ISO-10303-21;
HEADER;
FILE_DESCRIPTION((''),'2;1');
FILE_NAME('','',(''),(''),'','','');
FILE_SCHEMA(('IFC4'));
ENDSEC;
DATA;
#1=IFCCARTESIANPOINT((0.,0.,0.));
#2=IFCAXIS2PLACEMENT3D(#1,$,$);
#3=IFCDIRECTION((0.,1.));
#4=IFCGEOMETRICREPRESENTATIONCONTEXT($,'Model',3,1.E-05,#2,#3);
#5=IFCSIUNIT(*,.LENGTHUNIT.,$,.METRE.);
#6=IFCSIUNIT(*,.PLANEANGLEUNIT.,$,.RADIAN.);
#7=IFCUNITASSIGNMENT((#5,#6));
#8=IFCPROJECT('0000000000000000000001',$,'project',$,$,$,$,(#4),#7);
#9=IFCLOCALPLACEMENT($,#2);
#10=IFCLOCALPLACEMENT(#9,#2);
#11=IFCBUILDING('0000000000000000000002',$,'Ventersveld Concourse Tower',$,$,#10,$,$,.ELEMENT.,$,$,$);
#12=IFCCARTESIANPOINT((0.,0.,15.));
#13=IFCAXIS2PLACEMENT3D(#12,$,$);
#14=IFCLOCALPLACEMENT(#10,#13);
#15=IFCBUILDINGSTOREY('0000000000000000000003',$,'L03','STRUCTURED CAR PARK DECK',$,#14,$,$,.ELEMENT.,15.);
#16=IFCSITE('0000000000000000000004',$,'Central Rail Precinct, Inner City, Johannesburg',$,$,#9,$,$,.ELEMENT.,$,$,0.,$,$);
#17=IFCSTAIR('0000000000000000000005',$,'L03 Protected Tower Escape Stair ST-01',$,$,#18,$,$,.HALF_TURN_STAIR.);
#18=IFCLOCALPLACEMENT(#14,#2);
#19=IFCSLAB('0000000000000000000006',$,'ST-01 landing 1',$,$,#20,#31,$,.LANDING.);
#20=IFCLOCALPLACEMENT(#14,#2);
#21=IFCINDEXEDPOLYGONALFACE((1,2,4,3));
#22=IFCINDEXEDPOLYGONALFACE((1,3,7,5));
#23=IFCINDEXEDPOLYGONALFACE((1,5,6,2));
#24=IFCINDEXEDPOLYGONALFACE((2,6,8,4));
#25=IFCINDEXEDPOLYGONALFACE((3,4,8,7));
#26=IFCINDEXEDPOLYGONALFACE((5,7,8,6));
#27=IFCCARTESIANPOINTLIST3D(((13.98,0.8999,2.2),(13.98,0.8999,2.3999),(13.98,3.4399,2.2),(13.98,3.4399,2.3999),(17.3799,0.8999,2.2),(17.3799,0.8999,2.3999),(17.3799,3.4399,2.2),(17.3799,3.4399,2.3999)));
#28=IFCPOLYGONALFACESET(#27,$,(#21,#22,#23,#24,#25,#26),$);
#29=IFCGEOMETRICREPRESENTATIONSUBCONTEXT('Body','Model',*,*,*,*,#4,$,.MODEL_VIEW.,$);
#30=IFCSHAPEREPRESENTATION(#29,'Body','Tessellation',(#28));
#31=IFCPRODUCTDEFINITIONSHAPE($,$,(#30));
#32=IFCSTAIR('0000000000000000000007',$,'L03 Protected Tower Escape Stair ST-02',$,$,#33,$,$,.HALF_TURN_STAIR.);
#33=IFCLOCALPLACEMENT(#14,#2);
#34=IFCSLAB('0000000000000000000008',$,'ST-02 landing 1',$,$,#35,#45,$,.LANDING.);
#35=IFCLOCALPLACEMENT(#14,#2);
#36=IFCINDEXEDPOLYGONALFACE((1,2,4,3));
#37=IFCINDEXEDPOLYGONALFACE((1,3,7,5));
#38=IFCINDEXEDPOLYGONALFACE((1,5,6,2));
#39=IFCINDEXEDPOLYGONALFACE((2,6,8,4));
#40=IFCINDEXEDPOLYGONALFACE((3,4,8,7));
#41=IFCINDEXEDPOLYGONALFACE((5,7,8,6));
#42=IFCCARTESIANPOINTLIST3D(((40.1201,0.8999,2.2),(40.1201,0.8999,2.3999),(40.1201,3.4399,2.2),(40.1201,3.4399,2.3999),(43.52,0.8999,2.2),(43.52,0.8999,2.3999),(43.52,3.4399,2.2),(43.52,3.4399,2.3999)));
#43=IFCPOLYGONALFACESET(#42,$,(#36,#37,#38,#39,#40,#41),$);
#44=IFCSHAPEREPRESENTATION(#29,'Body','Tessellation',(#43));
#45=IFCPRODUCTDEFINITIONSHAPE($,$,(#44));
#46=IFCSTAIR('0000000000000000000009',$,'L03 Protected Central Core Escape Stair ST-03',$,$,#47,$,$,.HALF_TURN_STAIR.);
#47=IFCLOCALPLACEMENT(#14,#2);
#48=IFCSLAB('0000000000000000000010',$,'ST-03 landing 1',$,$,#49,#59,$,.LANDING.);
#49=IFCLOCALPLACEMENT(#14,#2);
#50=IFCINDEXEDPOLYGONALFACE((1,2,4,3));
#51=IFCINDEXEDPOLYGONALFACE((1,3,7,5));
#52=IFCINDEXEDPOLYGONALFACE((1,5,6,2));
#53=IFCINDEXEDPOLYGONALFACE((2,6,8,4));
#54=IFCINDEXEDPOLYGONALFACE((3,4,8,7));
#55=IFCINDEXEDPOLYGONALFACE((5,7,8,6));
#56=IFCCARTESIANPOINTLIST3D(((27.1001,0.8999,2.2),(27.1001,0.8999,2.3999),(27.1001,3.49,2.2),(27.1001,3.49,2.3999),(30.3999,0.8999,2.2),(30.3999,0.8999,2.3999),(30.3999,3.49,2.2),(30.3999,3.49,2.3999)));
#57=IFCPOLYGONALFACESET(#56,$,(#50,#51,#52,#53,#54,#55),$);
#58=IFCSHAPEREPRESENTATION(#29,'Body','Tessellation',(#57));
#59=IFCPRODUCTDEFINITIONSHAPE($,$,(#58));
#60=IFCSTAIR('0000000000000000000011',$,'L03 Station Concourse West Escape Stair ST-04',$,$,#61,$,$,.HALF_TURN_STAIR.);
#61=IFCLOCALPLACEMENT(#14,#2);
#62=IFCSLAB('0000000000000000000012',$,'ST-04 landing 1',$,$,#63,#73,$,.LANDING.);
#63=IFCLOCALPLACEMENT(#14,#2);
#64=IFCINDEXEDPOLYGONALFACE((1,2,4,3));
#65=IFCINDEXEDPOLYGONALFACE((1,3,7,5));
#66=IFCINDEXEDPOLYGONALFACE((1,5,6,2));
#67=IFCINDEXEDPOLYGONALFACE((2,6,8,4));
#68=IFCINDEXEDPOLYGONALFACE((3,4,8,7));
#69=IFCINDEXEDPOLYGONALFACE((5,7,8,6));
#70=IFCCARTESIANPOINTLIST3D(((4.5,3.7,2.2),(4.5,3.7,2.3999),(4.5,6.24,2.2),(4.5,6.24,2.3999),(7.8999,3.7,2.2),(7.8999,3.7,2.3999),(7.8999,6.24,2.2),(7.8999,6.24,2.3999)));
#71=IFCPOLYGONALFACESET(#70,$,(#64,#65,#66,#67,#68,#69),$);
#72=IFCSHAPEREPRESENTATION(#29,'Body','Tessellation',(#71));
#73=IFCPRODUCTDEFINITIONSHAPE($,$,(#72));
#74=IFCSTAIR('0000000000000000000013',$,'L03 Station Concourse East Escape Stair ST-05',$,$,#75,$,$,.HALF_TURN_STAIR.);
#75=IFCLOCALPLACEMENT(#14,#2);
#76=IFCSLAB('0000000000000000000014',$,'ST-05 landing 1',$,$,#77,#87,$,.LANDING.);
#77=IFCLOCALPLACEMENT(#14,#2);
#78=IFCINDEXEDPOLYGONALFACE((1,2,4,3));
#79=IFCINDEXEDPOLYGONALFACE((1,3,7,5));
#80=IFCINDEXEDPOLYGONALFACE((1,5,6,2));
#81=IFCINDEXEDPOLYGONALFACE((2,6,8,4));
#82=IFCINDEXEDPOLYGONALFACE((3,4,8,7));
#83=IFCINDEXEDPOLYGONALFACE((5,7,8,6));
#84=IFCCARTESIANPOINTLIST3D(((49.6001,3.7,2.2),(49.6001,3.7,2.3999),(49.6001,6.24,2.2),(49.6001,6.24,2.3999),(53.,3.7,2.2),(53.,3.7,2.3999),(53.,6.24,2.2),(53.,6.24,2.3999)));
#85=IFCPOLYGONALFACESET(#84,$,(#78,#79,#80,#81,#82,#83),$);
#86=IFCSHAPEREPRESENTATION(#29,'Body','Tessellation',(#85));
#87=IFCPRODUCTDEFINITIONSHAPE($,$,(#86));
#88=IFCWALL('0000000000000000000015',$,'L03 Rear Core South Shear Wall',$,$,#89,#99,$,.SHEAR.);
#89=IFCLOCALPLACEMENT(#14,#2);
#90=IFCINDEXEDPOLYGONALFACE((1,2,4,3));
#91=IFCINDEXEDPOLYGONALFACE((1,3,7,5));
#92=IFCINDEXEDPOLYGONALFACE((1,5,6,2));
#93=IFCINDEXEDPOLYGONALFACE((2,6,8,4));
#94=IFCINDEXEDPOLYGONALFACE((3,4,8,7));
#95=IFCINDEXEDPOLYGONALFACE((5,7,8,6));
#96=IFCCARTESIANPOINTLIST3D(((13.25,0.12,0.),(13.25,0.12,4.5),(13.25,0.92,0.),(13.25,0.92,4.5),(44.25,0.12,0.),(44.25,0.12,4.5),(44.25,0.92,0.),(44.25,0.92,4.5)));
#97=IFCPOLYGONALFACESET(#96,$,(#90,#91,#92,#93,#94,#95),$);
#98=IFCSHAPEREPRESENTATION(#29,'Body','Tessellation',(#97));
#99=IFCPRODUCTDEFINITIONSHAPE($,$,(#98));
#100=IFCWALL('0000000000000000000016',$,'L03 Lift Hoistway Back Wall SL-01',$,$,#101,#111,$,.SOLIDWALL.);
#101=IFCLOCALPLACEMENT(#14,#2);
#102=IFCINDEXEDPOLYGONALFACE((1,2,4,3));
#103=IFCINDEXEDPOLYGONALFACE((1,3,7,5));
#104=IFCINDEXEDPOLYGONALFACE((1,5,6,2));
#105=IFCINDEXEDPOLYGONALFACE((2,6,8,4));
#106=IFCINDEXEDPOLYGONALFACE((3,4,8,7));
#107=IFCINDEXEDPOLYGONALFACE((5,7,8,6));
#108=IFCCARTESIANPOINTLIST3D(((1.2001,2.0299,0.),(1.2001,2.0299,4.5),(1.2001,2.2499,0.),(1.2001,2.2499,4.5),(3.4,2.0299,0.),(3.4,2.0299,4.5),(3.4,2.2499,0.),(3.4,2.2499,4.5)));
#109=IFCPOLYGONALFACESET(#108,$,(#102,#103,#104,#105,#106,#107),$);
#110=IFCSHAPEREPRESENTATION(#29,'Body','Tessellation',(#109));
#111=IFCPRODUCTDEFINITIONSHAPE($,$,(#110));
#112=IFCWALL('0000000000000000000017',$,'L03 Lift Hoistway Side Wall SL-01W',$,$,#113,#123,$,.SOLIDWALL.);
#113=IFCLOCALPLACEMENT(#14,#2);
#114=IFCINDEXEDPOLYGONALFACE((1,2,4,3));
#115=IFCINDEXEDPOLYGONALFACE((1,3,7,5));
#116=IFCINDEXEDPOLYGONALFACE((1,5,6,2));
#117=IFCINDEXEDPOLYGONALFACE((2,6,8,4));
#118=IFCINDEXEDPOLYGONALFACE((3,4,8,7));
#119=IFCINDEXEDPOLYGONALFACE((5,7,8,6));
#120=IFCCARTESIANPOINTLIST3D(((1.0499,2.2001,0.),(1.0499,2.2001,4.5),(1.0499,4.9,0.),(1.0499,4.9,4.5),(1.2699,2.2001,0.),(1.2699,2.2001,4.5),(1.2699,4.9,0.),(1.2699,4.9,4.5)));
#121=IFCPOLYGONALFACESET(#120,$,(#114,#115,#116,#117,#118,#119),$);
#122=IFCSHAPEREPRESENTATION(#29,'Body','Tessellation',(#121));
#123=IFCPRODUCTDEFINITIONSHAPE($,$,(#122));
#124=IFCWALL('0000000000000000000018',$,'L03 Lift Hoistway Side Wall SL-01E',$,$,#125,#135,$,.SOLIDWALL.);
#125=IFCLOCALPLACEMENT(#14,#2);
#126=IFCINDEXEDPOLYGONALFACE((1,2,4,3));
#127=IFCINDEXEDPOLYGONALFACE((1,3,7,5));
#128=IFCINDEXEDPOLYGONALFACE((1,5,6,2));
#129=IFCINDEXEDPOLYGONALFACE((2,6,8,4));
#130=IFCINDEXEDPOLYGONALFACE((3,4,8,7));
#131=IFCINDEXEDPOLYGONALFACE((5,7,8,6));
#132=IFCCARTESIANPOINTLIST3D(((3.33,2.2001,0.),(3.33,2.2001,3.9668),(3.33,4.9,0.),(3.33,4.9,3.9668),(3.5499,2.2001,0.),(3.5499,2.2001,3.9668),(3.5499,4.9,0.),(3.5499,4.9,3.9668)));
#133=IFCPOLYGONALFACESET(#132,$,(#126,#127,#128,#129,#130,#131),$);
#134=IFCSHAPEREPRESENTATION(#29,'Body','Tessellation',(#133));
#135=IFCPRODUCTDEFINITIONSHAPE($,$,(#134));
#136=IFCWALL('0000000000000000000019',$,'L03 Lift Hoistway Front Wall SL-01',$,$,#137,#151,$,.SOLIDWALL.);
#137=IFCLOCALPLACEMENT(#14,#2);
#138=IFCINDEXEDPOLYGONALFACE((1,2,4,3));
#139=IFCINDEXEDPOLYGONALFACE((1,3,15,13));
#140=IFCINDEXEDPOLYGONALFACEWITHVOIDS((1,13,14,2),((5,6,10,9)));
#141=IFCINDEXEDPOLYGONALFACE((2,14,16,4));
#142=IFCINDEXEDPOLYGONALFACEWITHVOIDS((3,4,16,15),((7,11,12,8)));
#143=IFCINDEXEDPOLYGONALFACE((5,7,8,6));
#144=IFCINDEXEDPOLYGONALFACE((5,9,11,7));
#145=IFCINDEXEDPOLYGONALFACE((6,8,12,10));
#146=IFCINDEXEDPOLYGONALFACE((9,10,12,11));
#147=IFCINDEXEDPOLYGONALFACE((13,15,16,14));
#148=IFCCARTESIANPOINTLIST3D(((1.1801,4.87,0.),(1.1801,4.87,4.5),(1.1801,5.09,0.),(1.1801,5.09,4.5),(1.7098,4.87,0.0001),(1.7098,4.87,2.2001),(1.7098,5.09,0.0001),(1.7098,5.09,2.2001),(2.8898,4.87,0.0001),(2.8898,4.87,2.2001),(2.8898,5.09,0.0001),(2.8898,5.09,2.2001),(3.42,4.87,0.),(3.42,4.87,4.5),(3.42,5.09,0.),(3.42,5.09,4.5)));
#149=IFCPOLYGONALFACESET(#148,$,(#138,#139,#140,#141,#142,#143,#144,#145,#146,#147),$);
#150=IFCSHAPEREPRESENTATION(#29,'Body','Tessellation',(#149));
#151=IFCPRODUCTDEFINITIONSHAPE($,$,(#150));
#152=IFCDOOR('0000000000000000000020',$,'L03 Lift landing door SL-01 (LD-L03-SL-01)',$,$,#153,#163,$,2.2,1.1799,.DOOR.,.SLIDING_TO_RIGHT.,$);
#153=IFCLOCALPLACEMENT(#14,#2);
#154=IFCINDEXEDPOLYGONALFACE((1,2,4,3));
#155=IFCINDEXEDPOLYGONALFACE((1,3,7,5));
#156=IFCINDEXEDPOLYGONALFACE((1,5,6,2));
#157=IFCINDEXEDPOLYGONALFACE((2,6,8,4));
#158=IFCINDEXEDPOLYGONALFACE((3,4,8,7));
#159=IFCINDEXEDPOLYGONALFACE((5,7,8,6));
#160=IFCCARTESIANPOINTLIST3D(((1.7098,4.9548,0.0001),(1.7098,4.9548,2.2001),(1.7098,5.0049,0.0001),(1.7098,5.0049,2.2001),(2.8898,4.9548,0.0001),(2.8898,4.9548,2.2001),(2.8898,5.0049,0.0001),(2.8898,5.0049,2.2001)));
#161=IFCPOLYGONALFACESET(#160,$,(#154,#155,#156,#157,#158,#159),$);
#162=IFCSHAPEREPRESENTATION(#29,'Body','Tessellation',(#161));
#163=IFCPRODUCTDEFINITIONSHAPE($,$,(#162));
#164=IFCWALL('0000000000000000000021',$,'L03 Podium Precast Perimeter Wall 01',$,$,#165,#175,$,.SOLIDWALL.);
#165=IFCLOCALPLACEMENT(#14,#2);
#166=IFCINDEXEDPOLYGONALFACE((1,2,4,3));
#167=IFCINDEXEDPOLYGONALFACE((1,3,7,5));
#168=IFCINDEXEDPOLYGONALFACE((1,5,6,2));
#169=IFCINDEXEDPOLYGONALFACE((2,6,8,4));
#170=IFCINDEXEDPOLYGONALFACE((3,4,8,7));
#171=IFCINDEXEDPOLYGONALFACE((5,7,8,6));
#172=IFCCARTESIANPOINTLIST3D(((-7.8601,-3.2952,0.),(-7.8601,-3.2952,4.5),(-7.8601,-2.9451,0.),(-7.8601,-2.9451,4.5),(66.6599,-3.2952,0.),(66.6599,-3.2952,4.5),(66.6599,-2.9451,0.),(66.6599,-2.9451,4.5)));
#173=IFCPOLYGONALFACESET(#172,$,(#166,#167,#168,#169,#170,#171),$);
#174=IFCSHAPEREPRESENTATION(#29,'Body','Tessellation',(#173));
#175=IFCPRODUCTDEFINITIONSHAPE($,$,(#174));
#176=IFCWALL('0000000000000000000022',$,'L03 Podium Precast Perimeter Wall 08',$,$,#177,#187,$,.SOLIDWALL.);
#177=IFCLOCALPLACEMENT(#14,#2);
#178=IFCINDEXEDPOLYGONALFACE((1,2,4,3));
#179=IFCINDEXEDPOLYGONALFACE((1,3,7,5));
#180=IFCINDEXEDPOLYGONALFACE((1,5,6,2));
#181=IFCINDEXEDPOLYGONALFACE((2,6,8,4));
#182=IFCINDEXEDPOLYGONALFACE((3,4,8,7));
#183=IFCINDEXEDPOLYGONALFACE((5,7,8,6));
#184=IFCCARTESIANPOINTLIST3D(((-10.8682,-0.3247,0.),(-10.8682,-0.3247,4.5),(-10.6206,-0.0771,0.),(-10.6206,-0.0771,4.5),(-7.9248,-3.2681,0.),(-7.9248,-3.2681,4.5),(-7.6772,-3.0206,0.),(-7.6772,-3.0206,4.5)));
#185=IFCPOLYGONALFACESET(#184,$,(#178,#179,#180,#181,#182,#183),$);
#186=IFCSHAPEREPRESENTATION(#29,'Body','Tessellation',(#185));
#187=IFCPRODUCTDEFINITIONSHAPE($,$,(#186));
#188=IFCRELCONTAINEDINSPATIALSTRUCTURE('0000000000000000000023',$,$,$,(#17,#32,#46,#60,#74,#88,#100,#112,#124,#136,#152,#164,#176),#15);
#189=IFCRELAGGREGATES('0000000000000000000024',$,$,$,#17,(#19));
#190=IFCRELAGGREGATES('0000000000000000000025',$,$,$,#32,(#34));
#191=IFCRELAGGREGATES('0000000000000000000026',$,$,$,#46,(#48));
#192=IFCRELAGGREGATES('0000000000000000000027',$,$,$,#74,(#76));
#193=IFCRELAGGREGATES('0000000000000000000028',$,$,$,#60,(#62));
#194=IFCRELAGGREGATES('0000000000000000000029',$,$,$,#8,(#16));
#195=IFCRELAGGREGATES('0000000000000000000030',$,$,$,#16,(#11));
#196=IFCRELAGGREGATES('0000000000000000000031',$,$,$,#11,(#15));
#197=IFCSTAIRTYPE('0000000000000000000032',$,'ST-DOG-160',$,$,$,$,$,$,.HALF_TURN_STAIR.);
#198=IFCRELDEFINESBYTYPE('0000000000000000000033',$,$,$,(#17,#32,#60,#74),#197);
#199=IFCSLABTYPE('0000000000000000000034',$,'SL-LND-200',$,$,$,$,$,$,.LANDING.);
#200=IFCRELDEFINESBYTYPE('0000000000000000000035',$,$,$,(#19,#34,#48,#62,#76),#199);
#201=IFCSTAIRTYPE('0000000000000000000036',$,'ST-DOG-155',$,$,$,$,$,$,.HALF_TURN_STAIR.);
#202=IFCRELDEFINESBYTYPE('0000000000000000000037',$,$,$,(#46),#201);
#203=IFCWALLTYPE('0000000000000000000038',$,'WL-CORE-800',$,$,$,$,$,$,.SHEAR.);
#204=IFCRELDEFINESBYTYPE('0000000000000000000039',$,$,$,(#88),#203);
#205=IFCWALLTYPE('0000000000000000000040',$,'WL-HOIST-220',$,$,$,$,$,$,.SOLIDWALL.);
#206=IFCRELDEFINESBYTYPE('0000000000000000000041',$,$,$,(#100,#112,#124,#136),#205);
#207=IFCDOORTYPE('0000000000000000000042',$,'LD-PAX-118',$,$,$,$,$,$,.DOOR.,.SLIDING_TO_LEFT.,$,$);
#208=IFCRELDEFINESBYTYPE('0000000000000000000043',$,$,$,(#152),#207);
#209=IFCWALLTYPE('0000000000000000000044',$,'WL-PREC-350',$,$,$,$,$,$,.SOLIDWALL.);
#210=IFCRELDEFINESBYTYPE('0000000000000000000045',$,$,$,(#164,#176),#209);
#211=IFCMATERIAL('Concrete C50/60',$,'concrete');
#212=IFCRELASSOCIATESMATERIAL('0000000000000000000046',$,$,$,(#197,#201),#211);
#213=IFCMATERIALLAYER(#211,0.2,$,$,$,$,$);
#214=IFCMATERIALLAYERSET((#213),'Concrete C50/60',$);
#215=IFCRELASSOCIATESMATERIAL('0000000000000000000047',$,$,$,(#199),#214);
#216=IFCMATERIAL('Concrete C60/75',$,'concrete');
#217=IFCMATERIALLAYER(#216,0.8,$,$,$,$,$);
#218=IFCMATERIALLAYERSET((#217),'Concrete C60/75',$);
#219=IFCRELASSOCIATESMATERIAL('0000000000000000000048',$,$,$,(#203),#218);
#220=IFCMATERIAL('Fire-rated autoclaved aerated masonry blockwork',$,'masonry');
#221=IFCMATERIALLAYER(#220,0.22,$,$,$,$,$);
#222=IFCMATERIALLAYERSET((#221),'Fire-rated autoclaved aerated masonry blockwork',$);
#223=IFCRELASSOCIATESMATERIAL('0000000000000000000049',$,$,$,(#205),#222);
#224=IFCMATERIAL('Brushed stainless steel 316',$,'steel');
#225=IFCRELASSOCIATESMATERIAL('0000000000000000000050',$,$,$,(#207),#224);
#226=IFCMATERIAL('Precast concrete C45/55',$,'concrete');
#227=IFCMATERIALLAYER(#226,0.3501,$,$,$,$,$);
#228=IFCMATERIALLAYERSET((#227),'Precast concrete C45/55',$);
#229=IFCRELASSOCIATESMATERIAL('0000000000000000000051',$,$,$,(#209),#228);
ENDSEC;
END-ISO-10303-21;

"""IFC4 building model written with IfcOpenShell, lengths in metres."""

from ifc_helpers import new_model, si_unit, direction, frame, frame_2d, origin, place, context, subcontext, project, spatial, polyline, rectangle, outline, extrude, material, layer, layer_set, type_object, element, fill, aggregate, save


model = new_model("IFC4")

# Units and contexts
model_context = context("Model", 3, precision=1e-05, world=origin(), true_north=direction((0.0, 1.0)))
body_context = subcontext(model_context, "Body", "Model", "MODEL_VIEW")
ifc_project = project(units=[si_unit("LENGTHUNIT", "METRE"), si_unit("PLANEANGLEUNIT", "RADIAN")], contexts=[model_context])

# Site, building, storey
site_placement = place(None, origin())
site = spatial("IfcSite", under=ifc_project, at=site_placement, Name="Central Rail Precinct, Inner City, Johannesburg", CompositionType="ELEMENT", RefElevation=0.0)
building_placement = place(site_placement, origin())
building = spatial("IfcBuilding", under=site, at=building_placement, Name="Ventersveld Concourse Tower", CompositionType="ELEMENT")
storey_placement = place(building_placement, frame((0.0, 0.0, 15.0)))
storey = spatial("IfcBuildingStorey", under=building, at=storey_placement, Name="L03", Description="STRUCTURED CAR PARK DECK", CompositionType="ELEMENT", Elevation=15.0)

# Shared definitions
ifc_material_1 = material(Name="Concrete C60/75", Category="concrete")

# Shared definitions
ifc_material_2 = material(Name="Concrete C50/60", Category="concrete")

# Stairs, slabs
stair_type_1 = type_object("IfcStairType", Name="ST-DOG-160", PredefinedType="HALF_TURN_STAIR", material=ifc_material_2)
stair_1_placement = place(storey_placement, origin())
stair_1 = element("IfcStair", 1, at=stair_1_placement, inside=storey, type_object=stair_type_1, Name="L03 Protected Tower Escape Stair ST-01", PredefinedType="HALF_TURN_STAIR")
ifc_layer_1 = layer(ifc_material_2, 0.2)
ifc_layer_set_1 = layer_set([ifc_layer_1], Name="Concrete C50/60")
slab_type_1 = type_object("IfcSlabType", Name="SL-LND-200", PredefinedType="LANDING", material=ifc_layer_set_1)
slab_1_placement = place(storey_placement, frame((0.0, 0.0, 2.2)))
slab_1 = element("IfcSlab", 2, at=slab_1_placement, type_object=slab_type_1, Name="ST-01 landing 1", PredefinedType="LANDING", context=body_context, shape_type="SweptSolid", body=[
    extrude(outline(polyline([(13.98, 3.4399), (13.98, 0.8999), (17.3799, 0.8999), (17.3799, 3.4399), (13.98, 3.4399)])), origin(), (0.0, 0.0, 1.0), 0.2),
])
aggregate(stair_1, [slab_1])
stair_2_placement = place(storey_placement, origin())
stair_2 = element("IfcStair", 3, at=stair_2_placement, inside=storey, type_object=stair_type_1, Name="L03 Protected Tower Escape Stair ST-02", PredefinedType="HALF_TURN_STAIR")
slab_2_placement = place(storey_placement, frame((0.0, 0.0, 2.2)))
slab_2 = element("IfcSlab", 4, at=slab_2_placement, type_object=slab_type_1, Name="ST-02 landing 1", PredefinedType="LANDING", context=body_context, shape_type="SweptSolid", body=[
    extrude(outline(polyline([(40.1201, 3.4399), (40.1201, 0.8999), (43.52, 0.8999), (43.52, 3.4399), (40.1201, 3.4399)])), origin(), (0.0, 0.0, 1.0), 0.2),
])
aggregate(stair_2, [slab_2])
stair_type_2 = type_object("IfcStairType", Name="ST-DOG-155", PredefinedType="HALF_TURN_STAIR", material=ifc_material_2)
stair_3_placement = place(storey_placement, origin())
stair_3 = element("IfcStair", 5, at=stair_3_placement, inside=storey, type_object=stair_type_2, Name="L03 Protected Central Core Escape Stair ST-03", PredefinedType="HALF_TURN_STAIR")
slab_3_placement = place(storey_placement, frame((0.0, 0.0, 2.2)))
slab_3 = element("IfcSlab", 6, at=slab_3_placement, type_object=slab_type_1, Name="ST-03 landing 1", PredefinedType="LANDING", context=body_context, shape_type="SweptSolid", body=[
    extrude(outline(polyline([(27.1001, 3.49), (27.1001, 0.8999), (30.3999, 0.8999), (30.3999, 3.49), (27.1001, 3.49)])), origin(), (0.0, 0.0, 1.0), 0.2),
])
aggregate(stair_3, [slab_3])
stair_4_placement = place(storey_placement, origin())
stair_4 = element("IfcStair", 7, at=stair_4_placement, inside=storey, type_object=stair_type_1, Name="L03 Station Concourse West Escape Stair ST-04", PredefinedType="HALF_TURN_STAIR")
slab_4_placement = place(storey_placement, frame((0.0, 0.0, 2.2)))
slab_4 = element("IfcSlab", 8, at=slab_4_placement, type_object=slab_type_1, Name="ST-04 landing 1", PredefinedType="LANDING", context=body_context, shape_type="SweptSolid", body=[
    extrude(outline(polyline([(4.5, 6.24), (4.5, 3.7), (7.8999, 3.7), (7.8999, 6.24), (4.5, 6.24)])), origin(), (0.0, 0.0, 1.0), 0.2),
])
stair_5_placement = place(storey_placement, origin())
stair_5 = element("IfcStair", 9, at=stair_5_placement, inside=storey, type_object=stair_type_1, Name="L03 Station Concourse East Escape Stair ST-05", PredefinedType="HALF_TURN_STAIR")
slab_5_placement = place(storey_placement, frame((0.0, 0.0, 2.2)))
slab_5 = element("IfcSlab", 10, at=slab_5_placement, type_object=slab_type_1, Name="ST-05 landing 1", PredefinedType="LANDING", context=body_context, shape_type="SweptSolid", body=[
    extrude(outline(polyline([(49.6001, 6.24), (49.6001, 3.7), (53.0, 3.7), (53.0, 6.24), (49.6001, 6.24)])), origin(), (0.0, 0.0, 1.0), 0.2),
])
aggregate(stair_5, [slab_5])

# Walls
ifc_layer_2 = layer(ifc_material_1, 0.8)
ifc_layer_set_2 = layer_set([ifc_layer_2], Name="Concrete C60/75")
wall_type_1 = type_object("IfcWallType", Name="WL-CORE-800", PredefinedType="SHEAR", material=ifc_layer_set_2)
wall_1_placement = place(storey_placement, frame((13.25, 0.52, 0.0), z_axis=(0.0, 0.0, 1.0), x_axis=(1.0, 0.0, 0.0)))
element("IfcWall", 11, at=wall_1_placement, inside=storey, type_object=wall_type_1, Name="L03 Rear Core South Shear Wall", PredefinedType="SHEAR", context=body_context, shape_type="SweptSolid", body=[
    extrude(rectangle(XDim=31.0, YDim=0.8, at=frame_2d((15.5, 0.0))), origin(), (0.0, 0.0, 1.0), 4.5),
])
ifc_material_3 = material(Name="Fire-rated autoclaved aerated masonry blockwork", Category="masonry")
ifc_layer_3 = layer(ifc_material_3, 0.22)
ifc_layer_set_3 = layer_set([ifc_layer_3], Name="Fire-rated autoclaved aerated masonry blockwork")
wall_type_2 = type_object("IfcWallType", Name="WL-HOIST-220", PredefinedType="SOLIDWALL", material=ifc_layer_set_3)
wall_2_placement = place(storey_placement, frame((1.2, 2.1399, 0.0), z_axis=(0.0, 0.0, 1.0), x_axis=(1.0, 0.0, 0.0)))
element("IfcWall", 12, at=wall_2_placement, inside=storey, type_object=wall_type_2, Name="L03 Lift Hoistway Back Wall SL-01", PredefinedType="SOLIDWALL", context=body_context, shape_type="SweptSolid", body=[
    extrude(rectangle(XDim=2.2, YDim=0.22, at=frame_2d((1.1001, 0.0))), origin(), (0.0, 0.0, 1.0), 4.5),
])
wall_3_placement = place(storey_placement, frame((1.1599, 2.2, 0.0), z_axis=(0.0, 0.0, 1.0), x_axis=(0.0, 1.0, 0.0)))
element("IfcWall", 13, at=wall_3_placement, inside=storey, type_object=wall_type_2, Name="L03 Lift Hoistway Side Wall SL-01W", PredefinedType="SOLIDWALL", context=body_context, shape_type="SweptSolid", body=[
    extrude(rectangle(XDim=2.7, YDim=0.22, at=frame_2d((1.3501, 0.0))), origin(), (0.0, 0.0, 1.0), 4.5),
])
wall_4_placement = place(storey_placement, frame((3.4399, 2.2, 0.0), z_axis=(0.0, 0.0, 1.0), x_axis=(0.0, 1.0, 0.0)))
element("IfcWall", 14, at=wall_4_placement, inside=storey, type_object=wall_type_2, Name="L03 Lift Hoistway Side Wall SL-01E", PredefinedType="SOLIDWALL", context=body_context, shape_type="SweptSolid", body=[
    extrude(rectangle(XDim=2.7, YDim=0.22, at=frame_2d((1.3501, 0.0))), origin(), (0.0, 0.0, 1.0), 3.9668),
])

# Wall, opening, door
wall_5_placement = place(storey_placement, frame((1.1799, 4.98, 0.0), z_axis=(0.0, 0.0, 1.0), x_axis=(1.0, 0.0, 0.0)))
wall_5 = element("IfcWall", 15, at=wall_5_placement, inside=storey, type_object=wall_type_2, Name="L03 Lift Hoistway Front Wall SL-01", PredefinedType="SOLIDWALL", context=body_context, shape_type="SweptSolid", body=[
    extrude(rectangle(XDim=2.24, YDim=0.22, at=frame_2d((1.1201, 0.0))), origin(), (0.0, 0.0, 1.0), 4.5),
])
opening_placement = place(wall_5_placement, frame((0.53, 0.0, 0.0)))
opening = element("IfcOpeningElement", 16, at=opening_placement, cuts=wall_5, PredefinedType="OPENING", context=body_context, shape_type="SweptSolid", body=[
    extrude(rectangle(XDim=1.1799, YDim=2.2, at=frame_2d((0.5898, 1.1001))), frame((0.0, 0.1201, 0.0), z_axis=(0.0, -1.0, 0.0), x_axis=(1.0, 0.0, 0.0)), (0.0, 0.0, 1.0), 0.24),
])
ifc_material_4 = material(Name="Brushed stainless steel 316", Category="steel")
door_type = type_object("IfcDoorType", Name="LD-PAX-118", OperationType="SLIDING_TO_LEFT", PredefinedType="DOOR", material=ifc_material_4)
door_placement = place(opening_placement, origin())
door = element("IfcDoor", 17, at=door_placement, inside=storey, type_object=door_type, Name="L03 Lift landing door SL-01 (LD-L03-SL-01)", OperationType="SLIDING_TO_RIGHT", OverallHeight=2.2, OverallWidth=1.1799, PredefinedType="DOOR", context=body_context, shape_type="SweptSolid", body=[
    extrude(rectangle(XDim=1.1799, YDim=2.2, at=frame_2d((0.5898, 1.1001))), frame((0.0, 0.0249, 0.0), z_axis=(0.0, -1.0, 0.0), x_axis=(1.0, 0.0, 0.0)), (0.0, 0.0, 1.0), 0.05),
])
fill(opening, door)

# Walls
ifc_material_5 = material(Name="Precast concrete C45/55", Category="concrete")
ifc_layer_4 = layer(ifc_material_5, 0.3501)
ifc_layer_set_4 = layer_set([ifc_layer_4], Name="Precast concrete C45/55")
wall_type_3 = type_object("IfcWallType", Name="WL-PREC-350", PredefinedType="SOLIDWALL", material=ifc_layer_set_4)
wall_6_placement = place(storey_placement, frame((-7.8601, -3.1201, 0.0), z_axis=(0.0, 0.0, 1.0), x_axis=(1.0, 0.0, 0.0)))
element("IfcWall", 18, at=wall_6_placement, inside=storey, type_object=wall_type_3, Name="L03 Podium Precast Perimeter Wall 01", PredefinedType="SOLIDWALL", context=body_context, shape_type="SweptSolid", body=[
    extrude(rectangle(XDim=74.52, YDim=0.3501, at=frame_2d((37.26, 0.0))), origin(), (0.0, 0.0, 1.0), 4.5),
])
wall_7_placement = place(storey_placement, frame((-10.7444, -0.2009, 0.0), z_axis=(0.0, 0.0, 1.0), x_axis=(0.707107, -0.707107, 0.0)))
element("IfcWall", 19, at=wall_7_placement, inside=storey, type_object=wall_type_3, Name="L03 Podium Precast Perimeter Wall 08", PredefinedType="SOLIDWALL", context=body_context, shape_type="SweptSolid", body=[
    extrude(rectangle(XDim=4.1626, YDim=0.3501, at=frame_2d((2.0813, 0.0))), origin(), (0.0, 0.0, 1.0), 4.5),
])

aggregate(stair_4, [slab_4])

save(model, "model.ifc")
